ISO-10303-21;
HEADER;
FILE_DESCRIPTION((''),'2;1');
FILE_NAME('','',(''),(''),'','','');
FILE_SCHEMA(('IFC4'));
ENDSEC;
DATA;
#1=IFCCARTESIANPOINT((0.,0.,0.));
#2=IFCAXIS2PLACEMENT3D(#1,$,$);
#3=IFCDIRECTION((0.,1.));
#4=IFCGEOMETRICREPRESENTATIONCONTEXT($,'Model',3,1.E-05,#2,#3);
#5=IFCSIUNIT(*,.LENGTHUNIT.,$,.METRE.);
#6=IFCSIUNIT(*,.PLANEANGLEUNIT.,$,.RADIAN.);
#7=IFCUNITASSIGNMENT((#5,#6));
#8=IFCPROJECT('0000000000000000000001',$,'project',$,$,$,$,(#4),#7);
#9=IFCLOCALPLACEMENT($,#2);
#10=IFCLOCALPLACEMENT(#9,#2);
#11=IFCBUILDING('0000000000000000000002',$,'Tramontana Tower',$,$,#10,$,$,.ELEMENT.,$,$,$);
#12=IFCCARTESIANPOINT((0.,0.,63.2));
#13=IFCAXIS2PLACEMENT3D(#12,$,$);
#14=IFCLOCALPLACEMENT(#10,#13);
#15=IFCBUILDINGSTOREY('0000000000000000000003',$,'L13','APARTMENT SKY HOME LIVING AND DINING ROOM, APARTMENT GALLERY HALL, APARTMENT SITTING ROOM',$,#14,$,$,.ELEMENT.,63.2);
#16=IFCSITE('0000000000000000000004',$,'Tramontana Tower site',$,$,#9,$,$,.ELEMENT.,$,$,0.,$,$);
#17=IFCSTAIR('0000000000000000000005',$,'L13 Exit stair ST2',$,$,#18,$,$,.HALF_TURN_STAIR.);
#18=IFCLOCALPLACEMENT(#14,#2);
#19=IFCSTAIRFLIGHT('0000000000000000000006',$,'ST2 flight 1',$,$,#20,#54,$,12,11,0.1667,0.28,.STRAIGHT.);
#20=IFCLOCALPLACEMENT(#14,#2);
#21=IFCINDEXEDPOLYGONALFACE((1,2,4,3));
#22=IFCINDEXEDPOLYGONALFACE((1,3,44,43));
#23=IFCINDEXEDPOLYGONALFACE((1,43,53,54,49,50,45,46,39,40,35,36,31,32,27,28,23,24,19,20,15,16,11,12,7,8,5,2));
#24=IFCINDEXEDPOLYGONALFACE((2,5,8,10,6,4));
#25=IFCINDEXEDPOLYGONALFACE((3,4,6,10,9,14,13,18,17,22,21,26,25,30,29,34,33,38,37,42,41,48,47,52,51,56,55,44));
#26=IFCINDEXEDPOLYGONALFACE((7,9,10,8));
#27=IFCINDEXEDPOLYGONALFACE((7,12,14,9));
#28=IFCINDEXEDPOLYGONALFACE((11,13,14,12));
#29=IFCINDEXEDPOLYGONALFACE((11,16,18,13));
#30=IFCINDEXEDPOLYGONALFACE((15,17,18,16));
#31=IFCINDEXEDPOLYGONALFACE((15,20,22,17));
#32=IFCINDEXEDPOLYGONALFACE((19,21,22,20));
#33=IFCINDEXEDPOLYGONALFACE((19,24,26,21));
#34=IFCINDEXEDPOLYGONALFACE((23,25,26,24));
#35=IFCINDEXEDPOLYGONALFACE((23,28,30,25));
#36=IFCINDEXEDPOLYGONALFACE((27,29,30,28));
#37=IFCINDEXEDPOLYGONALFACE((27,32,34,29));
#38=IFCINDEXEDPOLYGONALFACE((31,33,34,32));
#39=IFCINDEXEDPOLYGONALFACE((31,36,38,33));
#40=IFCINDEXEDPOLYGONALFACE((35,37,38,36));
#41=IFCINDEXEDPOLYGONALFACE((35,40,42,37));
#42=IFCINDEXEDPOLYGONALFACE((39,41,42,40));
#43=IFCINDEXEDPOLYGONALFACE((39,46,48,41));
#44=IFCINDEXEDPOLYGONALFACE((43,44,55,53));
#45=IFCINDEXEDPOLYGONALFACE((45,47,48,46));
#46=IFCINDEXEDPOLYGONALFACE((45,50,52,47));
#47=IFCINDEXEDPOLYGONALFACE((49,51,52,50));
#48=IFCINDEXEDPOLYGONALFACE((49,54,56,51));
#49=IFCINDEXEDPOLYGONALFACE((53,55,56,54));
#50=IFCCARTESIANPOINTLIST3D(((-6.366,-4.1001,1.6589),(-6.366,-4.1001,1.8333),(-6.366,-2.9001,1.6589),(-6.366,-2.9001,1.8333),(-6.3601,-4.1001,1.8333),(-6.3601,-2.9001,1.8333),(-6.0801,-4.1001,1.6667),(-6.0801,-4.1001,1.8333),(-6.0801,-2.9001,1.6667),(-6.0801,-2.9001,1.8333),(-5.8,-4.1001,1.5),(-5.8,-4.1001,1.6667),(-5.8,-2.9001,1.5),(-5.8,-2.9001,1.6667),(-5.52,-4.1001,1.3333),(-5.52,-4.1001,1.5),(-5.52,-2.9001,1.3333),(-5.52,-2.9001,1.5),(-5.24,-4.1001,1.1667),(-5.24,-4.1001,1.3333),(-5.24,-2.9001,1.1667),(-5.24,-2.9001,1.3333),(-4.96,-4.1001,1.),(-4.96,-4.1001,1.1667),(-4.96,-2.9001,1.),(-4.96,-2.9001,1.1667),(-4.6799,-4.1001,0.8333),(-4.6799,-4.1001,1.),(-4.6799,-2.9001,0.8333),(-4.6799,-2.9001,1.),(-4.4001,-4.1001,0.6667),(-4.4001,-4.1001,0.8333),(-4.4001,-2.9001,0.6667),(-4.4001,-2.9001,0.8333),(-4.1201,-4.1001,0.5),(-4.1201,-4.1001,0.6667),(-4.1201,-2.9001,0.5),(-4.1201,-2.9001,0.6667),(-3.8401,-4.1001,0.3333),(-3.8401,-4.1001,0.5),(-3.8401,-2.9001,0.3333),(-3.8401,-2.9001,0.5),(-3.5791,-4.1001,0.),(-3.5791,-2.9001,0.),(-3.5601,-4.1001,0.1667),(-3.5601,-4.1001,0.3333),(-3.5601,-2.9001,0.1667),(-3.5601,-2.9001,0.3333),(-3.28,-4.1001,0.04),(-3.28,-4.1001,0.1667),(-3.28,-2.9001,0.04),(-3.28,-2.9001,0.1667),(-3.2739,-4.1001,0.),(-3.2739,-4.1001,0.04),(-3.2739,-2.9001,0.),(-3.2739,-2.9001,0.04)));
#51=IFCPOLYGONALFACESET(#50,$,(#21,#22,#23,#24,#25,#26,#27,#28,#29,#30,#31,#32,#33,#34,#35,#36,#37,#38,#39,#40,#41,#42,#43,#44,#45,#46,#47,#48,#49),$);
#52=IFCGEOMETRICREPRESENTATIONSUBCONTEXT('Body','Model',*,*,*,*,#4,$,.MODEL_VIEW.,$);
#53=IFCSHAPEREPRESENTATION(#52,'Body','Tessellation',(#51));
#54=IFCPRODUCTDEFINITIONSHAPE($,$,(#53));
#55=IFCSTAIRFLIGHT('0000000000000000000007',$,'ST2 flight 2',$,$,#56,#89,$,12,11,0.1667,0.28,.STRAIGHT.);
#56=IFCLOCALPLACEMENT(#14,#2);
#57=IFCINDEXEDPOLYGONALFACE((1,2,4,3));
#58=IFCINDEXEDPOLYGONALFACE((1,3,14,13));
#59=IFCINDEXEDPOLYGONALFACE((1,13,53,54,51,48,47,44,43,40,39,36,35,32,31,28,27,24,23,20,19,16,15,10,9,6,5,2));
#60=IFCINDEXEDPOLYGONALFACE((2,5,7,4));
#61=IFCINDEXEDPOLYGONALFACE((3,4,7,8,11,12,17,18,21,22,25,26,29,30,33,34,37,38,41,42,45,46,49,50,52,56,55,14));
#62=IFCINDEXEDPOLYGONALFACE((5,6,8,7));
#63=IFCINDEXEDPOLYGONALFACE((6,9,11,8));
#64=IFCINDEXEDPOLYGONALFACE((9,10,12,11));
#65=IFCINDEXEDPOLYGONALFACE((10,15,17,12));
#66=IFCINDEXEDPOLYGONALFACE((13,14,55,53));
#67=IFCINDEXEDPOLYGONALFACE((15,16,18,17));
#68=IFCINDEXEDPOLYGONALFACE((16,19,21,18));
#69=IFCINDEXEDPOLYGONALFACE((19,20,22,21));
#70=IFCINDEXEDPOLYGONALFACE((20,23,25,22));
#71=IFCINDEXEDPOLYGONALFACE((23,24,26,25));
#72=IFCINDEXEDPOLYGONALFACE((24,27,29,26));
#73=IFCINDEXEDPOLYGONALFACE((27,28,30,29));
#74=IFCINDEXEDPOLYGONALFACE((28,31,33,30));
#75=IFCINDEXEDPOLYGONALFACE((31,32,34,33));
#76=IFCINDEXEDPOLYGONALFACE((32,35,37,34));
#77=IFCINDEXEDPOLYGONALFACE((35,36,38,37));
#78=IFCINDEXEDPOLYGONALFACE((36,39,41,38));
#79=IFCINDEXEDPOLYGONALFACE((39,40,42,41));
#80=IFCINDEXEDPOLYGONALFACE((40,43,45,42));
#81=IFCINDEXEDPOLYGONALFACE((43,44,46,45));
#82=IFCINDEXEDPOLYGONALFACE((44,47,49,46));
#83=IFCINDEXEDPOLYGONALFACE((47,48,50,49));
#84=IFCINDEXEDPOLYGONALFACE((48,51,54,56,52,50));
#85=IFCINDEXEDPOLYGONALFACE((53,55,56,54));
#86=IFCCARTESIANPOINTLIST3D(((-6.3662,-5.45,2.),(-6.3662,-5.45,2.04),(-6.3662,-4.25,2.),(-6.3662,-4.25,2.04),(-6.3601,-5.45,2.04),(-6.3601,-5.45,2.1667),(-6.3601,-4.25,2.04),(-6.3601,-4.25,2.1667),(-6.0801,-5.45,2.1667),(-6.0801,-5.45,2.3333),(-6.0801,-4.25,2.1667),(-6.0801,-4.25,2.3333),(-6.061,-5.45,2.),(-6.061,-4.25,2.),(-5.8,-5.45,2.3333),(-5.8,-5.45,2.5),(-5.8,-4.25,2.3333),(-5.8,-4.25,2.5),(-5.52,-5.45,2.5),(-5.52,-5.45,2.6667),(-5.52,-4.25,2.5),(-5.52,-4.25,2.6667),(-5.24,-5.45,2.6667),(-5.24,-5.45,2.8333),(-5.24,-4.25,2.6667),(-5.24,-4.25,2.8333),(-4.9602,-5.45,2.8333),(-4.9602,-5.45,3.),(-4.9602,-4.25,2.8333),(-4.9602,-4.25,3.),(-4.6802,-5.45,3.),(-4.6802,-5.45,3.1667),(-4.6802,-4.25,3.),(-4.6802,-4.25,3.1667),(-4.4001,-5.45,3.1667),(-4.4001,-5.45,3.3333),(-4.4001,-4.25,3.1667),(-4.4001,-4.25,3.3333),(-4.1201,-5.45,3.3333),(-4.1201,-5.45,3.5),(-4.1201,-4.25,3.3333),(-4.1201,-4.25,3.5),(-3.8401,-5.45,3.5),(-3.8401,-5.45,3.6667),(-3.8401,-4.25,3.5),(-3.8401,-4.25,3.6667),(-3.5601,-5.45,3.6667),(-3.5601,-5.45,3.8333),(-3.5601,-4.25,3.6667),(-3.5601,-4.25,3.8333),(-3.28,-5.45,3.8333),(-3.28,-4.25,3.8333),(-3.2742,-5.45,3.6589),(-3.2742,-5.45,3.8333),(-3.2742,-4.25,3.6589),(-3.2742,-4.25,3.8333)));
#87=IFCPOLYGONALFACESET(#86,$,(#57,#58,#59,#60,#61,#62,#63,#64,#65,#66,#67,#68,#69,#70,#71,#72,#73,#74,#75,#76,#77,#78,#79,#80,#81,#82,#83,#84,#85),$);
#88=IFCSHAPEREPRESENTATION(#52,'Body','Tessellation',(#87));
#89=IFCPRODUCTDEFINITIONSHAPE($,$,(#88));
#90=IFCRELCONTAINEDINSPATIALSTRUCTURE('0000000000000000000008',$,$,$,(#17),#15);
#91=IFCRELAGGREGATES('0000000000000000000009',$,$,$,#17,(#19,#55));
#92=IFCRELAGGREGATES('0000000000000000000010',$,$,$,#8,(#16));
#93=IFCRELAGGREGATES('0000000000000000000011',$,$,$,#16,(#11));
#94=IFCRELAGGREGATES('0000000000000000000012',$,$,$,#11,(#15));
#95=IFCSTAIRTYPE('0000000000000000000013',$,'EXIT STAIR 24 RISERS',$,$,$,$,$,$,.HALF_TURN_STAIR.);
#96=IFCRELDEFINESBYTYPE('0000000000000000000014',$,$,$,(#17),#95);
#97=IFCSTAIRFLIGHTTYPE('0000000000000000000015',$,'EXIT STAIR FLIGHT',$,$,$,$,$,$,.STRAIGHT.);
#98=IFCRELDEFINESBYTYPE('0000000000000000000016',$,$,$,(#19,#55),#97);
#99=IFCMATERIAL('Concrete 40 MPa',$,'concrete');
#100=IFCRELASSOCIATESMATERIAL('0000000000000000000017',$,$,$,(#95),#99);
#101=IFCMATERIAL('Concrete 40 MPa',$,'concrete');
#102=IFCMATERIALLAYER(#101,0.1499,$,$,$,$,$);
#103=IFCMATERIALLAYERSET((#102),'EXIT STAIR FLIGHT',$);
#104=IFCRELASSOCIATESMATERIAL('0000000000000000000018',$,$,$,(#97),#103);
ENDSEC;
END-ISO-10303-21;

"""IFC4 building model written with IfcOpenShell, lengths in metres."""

from ifc_helpers import new_model, si_unit, direction, frame, origin, place, context, subcontext, project, spatial, polyline, outline, extrude, material, layer, layer_set, type_object, element, aggregate, save


model = new_model("IFC4")

# Units and contexts
model_context = context("Model", 3, precision=1e-05, world=origin(), true_north=direction((0.0, 1.0)))
body_context = subcontext(model_context, "Body", "Model", "MODEL_VIEW")
ifc_project = project(units=[si_unit("LENGTHUNIT", "METRE"), si_unit("PLANEANGLEUNIT", "RADIAN")], contexts=[model_context])

# Site, building, storey
site_placement = place(None, origin())
site = spatial("IfcSite", under=ifc_project, at=site_placement, Name="Tramontana Tower site", CompositionType="ELEMENT", RefElevation=0.0)
building_placement = place(site_placement, origin())
building = spatial("IfcBuilding", under=site, at=building_placement, Name="Tramontana Tower", CompositionType="ELEMENT")
storey_placement = place(building_placement, frame((0.0, 0.0, 63.2)))
storey = spatial("IfcBuildingStorey", under=building, at=storey_placement, Name="L13", Description="APARTMENT SKY HOME LIVING AND DINING ROOM, APARTMENT GALLERY HALL, APARTMENT SITTING ROOM", CompositionType="ELEMENT", Elevation=63.2)

# Stair, stair flights
ifc_material_1 = material(Name="Concrete 40 MPa", Category="concrete")
stair_type = type_object("IfcStairType", Name="EXIT STAIR 24 RISERS", PredefinedType="HALF_TURN_STAIR", material=ifc_material_1)
stair_placement = place(storey_placement, origin())
stair = element("IfcStair", 1, at=stair_placement, inside=storey, type_object=stair_type, Name="L13 Exit stair ST2", PredefinedType="HALF_TURN_STAIR")
ifc_material_2 = material(Name="Concrete 40 MPa", Category="concrete")
ifc_layer_1 = layer(ifc_material_2, 0.1499)
ifc_layer_set_1 = layer_set([ifc_layer_1], Name="EXIT STAIR FLIGHT")
stair_flight_type = type_object("IfcStairFlightType", Name="EXIT STAIR FLIGHT", PredefinedType="STRAIGHT", material=ifc_layer_set_1)
stair_flight_1_placement = place(storey_placement, frame((-3.28, -3.5, 0.0), z_axis=(0.0, 0.0, 1.0), x_axis=(-1.0, 0.0, 0.0)))
stair_flight_1 = element("IfcStairFlight", 2, at=stair_flight_1_placement, type_object=stair_flight_type, Name="ST2 flight 1", NumberOfRisers=12, NumberOfTreads=11, PredefinedType="STRAIGHT", RiserHeight=0.1667, TreadLength=0.28, context=body_context, shape_type="SweptSolid", body=[
    extrude(outline(polyline([(-0.0061, 0.0), (-0.0061, 0.04), (0.0, 0.04), (0.0, 0.1667), (0.28, 0.1667), (0.28, 0.3333), (0.5601, 0.3333), (0.5601, 0.5), (0.8401, 0.5), (0.8401, 0.6667), (1.1201, 0.6667), (1.1201, 0.8333), (1.3999, 0.8333), (1.3999, 1.0), (1.6799, 1.0), (1.6799, 1.1667), (1.96, 1.1667), (1.96, 1.3333), (2.24, 1.3333), (2.24, 1.5), (2.52, 1.5), (2.52, 1.6667), (2.8, 1.6667), (2.8, 1.8333), (3.0801, 1.8333), (3.0859, 1.8333), (3.0859, 1.6589), (0.2991, 0.0), (-0.0061, 0.0)])), frame((0.0, 0.6001, 0.0), z_axis=(0.0, -1.0, 0.0), x_axis=(1.0, 0.0, 0.0)), (0.0, 0.0, 1.0), 1.2),
])
stair_flight_2_placement = place(storey_placement, frame((-6.3601, -4.8501, 2.0), z_axis=(0.0, 0.0, 1.0), x_axis=(1.0, 0.0, 0.0)))
stair_flight_2 = element("IfcStairFlight", 3, at=stair_flight_2_placement, type_object=stair_flight_type, Name="ST2 flight 2", NumberOfRisers=12, NumberOfTreads=11, PredefinedType="STRAIGHT", RiserHeight=0.1667, TreadLength=0.28, context=body_context, shape_type="SweptSolid", body=[
    extrude(outline(polyline([(-0.0061, 0.0), (-0.0061, 0.04), (0.0, 0.04), (0.0, 0.1667), (0.28, 0.1667), (0.28, 0.3333), (0.5601, 0.3333), (0.5601, 0.5), (0.8401, 0.5), (0.8401, 0.6667), (1.1201, 0.6667), (1.1201, 0.8333), (1.3999, 0.8333), (1.3999, 1.0), (1.6799, 1.0), (1.6799, 1.1667), (1.96, 1.1667), (1.96, 1.3333), (2.24, 1.3333), (2.24, 1.5), (2.52, 1.5), (2.52, 1.6667), (2.8, 1.6667), (2.8, 1.8333), (3.0801, 1.8333), (3.0859, 1.8333), (3.0859, 1.6589), (0.2991, 0.0), (-0.0061, 0.0)])), frame((0.0, 0.6001, 0.0), z_axis=(0.0, -1.0, 0.0), x_axis=(1.0, 0.0, 0.0)), (0.0, 0.0, 1.0), 1.2),
])
aggregate(stair, [stair_flight_1, stair_flight_2])

save(model, "model.ifc")
